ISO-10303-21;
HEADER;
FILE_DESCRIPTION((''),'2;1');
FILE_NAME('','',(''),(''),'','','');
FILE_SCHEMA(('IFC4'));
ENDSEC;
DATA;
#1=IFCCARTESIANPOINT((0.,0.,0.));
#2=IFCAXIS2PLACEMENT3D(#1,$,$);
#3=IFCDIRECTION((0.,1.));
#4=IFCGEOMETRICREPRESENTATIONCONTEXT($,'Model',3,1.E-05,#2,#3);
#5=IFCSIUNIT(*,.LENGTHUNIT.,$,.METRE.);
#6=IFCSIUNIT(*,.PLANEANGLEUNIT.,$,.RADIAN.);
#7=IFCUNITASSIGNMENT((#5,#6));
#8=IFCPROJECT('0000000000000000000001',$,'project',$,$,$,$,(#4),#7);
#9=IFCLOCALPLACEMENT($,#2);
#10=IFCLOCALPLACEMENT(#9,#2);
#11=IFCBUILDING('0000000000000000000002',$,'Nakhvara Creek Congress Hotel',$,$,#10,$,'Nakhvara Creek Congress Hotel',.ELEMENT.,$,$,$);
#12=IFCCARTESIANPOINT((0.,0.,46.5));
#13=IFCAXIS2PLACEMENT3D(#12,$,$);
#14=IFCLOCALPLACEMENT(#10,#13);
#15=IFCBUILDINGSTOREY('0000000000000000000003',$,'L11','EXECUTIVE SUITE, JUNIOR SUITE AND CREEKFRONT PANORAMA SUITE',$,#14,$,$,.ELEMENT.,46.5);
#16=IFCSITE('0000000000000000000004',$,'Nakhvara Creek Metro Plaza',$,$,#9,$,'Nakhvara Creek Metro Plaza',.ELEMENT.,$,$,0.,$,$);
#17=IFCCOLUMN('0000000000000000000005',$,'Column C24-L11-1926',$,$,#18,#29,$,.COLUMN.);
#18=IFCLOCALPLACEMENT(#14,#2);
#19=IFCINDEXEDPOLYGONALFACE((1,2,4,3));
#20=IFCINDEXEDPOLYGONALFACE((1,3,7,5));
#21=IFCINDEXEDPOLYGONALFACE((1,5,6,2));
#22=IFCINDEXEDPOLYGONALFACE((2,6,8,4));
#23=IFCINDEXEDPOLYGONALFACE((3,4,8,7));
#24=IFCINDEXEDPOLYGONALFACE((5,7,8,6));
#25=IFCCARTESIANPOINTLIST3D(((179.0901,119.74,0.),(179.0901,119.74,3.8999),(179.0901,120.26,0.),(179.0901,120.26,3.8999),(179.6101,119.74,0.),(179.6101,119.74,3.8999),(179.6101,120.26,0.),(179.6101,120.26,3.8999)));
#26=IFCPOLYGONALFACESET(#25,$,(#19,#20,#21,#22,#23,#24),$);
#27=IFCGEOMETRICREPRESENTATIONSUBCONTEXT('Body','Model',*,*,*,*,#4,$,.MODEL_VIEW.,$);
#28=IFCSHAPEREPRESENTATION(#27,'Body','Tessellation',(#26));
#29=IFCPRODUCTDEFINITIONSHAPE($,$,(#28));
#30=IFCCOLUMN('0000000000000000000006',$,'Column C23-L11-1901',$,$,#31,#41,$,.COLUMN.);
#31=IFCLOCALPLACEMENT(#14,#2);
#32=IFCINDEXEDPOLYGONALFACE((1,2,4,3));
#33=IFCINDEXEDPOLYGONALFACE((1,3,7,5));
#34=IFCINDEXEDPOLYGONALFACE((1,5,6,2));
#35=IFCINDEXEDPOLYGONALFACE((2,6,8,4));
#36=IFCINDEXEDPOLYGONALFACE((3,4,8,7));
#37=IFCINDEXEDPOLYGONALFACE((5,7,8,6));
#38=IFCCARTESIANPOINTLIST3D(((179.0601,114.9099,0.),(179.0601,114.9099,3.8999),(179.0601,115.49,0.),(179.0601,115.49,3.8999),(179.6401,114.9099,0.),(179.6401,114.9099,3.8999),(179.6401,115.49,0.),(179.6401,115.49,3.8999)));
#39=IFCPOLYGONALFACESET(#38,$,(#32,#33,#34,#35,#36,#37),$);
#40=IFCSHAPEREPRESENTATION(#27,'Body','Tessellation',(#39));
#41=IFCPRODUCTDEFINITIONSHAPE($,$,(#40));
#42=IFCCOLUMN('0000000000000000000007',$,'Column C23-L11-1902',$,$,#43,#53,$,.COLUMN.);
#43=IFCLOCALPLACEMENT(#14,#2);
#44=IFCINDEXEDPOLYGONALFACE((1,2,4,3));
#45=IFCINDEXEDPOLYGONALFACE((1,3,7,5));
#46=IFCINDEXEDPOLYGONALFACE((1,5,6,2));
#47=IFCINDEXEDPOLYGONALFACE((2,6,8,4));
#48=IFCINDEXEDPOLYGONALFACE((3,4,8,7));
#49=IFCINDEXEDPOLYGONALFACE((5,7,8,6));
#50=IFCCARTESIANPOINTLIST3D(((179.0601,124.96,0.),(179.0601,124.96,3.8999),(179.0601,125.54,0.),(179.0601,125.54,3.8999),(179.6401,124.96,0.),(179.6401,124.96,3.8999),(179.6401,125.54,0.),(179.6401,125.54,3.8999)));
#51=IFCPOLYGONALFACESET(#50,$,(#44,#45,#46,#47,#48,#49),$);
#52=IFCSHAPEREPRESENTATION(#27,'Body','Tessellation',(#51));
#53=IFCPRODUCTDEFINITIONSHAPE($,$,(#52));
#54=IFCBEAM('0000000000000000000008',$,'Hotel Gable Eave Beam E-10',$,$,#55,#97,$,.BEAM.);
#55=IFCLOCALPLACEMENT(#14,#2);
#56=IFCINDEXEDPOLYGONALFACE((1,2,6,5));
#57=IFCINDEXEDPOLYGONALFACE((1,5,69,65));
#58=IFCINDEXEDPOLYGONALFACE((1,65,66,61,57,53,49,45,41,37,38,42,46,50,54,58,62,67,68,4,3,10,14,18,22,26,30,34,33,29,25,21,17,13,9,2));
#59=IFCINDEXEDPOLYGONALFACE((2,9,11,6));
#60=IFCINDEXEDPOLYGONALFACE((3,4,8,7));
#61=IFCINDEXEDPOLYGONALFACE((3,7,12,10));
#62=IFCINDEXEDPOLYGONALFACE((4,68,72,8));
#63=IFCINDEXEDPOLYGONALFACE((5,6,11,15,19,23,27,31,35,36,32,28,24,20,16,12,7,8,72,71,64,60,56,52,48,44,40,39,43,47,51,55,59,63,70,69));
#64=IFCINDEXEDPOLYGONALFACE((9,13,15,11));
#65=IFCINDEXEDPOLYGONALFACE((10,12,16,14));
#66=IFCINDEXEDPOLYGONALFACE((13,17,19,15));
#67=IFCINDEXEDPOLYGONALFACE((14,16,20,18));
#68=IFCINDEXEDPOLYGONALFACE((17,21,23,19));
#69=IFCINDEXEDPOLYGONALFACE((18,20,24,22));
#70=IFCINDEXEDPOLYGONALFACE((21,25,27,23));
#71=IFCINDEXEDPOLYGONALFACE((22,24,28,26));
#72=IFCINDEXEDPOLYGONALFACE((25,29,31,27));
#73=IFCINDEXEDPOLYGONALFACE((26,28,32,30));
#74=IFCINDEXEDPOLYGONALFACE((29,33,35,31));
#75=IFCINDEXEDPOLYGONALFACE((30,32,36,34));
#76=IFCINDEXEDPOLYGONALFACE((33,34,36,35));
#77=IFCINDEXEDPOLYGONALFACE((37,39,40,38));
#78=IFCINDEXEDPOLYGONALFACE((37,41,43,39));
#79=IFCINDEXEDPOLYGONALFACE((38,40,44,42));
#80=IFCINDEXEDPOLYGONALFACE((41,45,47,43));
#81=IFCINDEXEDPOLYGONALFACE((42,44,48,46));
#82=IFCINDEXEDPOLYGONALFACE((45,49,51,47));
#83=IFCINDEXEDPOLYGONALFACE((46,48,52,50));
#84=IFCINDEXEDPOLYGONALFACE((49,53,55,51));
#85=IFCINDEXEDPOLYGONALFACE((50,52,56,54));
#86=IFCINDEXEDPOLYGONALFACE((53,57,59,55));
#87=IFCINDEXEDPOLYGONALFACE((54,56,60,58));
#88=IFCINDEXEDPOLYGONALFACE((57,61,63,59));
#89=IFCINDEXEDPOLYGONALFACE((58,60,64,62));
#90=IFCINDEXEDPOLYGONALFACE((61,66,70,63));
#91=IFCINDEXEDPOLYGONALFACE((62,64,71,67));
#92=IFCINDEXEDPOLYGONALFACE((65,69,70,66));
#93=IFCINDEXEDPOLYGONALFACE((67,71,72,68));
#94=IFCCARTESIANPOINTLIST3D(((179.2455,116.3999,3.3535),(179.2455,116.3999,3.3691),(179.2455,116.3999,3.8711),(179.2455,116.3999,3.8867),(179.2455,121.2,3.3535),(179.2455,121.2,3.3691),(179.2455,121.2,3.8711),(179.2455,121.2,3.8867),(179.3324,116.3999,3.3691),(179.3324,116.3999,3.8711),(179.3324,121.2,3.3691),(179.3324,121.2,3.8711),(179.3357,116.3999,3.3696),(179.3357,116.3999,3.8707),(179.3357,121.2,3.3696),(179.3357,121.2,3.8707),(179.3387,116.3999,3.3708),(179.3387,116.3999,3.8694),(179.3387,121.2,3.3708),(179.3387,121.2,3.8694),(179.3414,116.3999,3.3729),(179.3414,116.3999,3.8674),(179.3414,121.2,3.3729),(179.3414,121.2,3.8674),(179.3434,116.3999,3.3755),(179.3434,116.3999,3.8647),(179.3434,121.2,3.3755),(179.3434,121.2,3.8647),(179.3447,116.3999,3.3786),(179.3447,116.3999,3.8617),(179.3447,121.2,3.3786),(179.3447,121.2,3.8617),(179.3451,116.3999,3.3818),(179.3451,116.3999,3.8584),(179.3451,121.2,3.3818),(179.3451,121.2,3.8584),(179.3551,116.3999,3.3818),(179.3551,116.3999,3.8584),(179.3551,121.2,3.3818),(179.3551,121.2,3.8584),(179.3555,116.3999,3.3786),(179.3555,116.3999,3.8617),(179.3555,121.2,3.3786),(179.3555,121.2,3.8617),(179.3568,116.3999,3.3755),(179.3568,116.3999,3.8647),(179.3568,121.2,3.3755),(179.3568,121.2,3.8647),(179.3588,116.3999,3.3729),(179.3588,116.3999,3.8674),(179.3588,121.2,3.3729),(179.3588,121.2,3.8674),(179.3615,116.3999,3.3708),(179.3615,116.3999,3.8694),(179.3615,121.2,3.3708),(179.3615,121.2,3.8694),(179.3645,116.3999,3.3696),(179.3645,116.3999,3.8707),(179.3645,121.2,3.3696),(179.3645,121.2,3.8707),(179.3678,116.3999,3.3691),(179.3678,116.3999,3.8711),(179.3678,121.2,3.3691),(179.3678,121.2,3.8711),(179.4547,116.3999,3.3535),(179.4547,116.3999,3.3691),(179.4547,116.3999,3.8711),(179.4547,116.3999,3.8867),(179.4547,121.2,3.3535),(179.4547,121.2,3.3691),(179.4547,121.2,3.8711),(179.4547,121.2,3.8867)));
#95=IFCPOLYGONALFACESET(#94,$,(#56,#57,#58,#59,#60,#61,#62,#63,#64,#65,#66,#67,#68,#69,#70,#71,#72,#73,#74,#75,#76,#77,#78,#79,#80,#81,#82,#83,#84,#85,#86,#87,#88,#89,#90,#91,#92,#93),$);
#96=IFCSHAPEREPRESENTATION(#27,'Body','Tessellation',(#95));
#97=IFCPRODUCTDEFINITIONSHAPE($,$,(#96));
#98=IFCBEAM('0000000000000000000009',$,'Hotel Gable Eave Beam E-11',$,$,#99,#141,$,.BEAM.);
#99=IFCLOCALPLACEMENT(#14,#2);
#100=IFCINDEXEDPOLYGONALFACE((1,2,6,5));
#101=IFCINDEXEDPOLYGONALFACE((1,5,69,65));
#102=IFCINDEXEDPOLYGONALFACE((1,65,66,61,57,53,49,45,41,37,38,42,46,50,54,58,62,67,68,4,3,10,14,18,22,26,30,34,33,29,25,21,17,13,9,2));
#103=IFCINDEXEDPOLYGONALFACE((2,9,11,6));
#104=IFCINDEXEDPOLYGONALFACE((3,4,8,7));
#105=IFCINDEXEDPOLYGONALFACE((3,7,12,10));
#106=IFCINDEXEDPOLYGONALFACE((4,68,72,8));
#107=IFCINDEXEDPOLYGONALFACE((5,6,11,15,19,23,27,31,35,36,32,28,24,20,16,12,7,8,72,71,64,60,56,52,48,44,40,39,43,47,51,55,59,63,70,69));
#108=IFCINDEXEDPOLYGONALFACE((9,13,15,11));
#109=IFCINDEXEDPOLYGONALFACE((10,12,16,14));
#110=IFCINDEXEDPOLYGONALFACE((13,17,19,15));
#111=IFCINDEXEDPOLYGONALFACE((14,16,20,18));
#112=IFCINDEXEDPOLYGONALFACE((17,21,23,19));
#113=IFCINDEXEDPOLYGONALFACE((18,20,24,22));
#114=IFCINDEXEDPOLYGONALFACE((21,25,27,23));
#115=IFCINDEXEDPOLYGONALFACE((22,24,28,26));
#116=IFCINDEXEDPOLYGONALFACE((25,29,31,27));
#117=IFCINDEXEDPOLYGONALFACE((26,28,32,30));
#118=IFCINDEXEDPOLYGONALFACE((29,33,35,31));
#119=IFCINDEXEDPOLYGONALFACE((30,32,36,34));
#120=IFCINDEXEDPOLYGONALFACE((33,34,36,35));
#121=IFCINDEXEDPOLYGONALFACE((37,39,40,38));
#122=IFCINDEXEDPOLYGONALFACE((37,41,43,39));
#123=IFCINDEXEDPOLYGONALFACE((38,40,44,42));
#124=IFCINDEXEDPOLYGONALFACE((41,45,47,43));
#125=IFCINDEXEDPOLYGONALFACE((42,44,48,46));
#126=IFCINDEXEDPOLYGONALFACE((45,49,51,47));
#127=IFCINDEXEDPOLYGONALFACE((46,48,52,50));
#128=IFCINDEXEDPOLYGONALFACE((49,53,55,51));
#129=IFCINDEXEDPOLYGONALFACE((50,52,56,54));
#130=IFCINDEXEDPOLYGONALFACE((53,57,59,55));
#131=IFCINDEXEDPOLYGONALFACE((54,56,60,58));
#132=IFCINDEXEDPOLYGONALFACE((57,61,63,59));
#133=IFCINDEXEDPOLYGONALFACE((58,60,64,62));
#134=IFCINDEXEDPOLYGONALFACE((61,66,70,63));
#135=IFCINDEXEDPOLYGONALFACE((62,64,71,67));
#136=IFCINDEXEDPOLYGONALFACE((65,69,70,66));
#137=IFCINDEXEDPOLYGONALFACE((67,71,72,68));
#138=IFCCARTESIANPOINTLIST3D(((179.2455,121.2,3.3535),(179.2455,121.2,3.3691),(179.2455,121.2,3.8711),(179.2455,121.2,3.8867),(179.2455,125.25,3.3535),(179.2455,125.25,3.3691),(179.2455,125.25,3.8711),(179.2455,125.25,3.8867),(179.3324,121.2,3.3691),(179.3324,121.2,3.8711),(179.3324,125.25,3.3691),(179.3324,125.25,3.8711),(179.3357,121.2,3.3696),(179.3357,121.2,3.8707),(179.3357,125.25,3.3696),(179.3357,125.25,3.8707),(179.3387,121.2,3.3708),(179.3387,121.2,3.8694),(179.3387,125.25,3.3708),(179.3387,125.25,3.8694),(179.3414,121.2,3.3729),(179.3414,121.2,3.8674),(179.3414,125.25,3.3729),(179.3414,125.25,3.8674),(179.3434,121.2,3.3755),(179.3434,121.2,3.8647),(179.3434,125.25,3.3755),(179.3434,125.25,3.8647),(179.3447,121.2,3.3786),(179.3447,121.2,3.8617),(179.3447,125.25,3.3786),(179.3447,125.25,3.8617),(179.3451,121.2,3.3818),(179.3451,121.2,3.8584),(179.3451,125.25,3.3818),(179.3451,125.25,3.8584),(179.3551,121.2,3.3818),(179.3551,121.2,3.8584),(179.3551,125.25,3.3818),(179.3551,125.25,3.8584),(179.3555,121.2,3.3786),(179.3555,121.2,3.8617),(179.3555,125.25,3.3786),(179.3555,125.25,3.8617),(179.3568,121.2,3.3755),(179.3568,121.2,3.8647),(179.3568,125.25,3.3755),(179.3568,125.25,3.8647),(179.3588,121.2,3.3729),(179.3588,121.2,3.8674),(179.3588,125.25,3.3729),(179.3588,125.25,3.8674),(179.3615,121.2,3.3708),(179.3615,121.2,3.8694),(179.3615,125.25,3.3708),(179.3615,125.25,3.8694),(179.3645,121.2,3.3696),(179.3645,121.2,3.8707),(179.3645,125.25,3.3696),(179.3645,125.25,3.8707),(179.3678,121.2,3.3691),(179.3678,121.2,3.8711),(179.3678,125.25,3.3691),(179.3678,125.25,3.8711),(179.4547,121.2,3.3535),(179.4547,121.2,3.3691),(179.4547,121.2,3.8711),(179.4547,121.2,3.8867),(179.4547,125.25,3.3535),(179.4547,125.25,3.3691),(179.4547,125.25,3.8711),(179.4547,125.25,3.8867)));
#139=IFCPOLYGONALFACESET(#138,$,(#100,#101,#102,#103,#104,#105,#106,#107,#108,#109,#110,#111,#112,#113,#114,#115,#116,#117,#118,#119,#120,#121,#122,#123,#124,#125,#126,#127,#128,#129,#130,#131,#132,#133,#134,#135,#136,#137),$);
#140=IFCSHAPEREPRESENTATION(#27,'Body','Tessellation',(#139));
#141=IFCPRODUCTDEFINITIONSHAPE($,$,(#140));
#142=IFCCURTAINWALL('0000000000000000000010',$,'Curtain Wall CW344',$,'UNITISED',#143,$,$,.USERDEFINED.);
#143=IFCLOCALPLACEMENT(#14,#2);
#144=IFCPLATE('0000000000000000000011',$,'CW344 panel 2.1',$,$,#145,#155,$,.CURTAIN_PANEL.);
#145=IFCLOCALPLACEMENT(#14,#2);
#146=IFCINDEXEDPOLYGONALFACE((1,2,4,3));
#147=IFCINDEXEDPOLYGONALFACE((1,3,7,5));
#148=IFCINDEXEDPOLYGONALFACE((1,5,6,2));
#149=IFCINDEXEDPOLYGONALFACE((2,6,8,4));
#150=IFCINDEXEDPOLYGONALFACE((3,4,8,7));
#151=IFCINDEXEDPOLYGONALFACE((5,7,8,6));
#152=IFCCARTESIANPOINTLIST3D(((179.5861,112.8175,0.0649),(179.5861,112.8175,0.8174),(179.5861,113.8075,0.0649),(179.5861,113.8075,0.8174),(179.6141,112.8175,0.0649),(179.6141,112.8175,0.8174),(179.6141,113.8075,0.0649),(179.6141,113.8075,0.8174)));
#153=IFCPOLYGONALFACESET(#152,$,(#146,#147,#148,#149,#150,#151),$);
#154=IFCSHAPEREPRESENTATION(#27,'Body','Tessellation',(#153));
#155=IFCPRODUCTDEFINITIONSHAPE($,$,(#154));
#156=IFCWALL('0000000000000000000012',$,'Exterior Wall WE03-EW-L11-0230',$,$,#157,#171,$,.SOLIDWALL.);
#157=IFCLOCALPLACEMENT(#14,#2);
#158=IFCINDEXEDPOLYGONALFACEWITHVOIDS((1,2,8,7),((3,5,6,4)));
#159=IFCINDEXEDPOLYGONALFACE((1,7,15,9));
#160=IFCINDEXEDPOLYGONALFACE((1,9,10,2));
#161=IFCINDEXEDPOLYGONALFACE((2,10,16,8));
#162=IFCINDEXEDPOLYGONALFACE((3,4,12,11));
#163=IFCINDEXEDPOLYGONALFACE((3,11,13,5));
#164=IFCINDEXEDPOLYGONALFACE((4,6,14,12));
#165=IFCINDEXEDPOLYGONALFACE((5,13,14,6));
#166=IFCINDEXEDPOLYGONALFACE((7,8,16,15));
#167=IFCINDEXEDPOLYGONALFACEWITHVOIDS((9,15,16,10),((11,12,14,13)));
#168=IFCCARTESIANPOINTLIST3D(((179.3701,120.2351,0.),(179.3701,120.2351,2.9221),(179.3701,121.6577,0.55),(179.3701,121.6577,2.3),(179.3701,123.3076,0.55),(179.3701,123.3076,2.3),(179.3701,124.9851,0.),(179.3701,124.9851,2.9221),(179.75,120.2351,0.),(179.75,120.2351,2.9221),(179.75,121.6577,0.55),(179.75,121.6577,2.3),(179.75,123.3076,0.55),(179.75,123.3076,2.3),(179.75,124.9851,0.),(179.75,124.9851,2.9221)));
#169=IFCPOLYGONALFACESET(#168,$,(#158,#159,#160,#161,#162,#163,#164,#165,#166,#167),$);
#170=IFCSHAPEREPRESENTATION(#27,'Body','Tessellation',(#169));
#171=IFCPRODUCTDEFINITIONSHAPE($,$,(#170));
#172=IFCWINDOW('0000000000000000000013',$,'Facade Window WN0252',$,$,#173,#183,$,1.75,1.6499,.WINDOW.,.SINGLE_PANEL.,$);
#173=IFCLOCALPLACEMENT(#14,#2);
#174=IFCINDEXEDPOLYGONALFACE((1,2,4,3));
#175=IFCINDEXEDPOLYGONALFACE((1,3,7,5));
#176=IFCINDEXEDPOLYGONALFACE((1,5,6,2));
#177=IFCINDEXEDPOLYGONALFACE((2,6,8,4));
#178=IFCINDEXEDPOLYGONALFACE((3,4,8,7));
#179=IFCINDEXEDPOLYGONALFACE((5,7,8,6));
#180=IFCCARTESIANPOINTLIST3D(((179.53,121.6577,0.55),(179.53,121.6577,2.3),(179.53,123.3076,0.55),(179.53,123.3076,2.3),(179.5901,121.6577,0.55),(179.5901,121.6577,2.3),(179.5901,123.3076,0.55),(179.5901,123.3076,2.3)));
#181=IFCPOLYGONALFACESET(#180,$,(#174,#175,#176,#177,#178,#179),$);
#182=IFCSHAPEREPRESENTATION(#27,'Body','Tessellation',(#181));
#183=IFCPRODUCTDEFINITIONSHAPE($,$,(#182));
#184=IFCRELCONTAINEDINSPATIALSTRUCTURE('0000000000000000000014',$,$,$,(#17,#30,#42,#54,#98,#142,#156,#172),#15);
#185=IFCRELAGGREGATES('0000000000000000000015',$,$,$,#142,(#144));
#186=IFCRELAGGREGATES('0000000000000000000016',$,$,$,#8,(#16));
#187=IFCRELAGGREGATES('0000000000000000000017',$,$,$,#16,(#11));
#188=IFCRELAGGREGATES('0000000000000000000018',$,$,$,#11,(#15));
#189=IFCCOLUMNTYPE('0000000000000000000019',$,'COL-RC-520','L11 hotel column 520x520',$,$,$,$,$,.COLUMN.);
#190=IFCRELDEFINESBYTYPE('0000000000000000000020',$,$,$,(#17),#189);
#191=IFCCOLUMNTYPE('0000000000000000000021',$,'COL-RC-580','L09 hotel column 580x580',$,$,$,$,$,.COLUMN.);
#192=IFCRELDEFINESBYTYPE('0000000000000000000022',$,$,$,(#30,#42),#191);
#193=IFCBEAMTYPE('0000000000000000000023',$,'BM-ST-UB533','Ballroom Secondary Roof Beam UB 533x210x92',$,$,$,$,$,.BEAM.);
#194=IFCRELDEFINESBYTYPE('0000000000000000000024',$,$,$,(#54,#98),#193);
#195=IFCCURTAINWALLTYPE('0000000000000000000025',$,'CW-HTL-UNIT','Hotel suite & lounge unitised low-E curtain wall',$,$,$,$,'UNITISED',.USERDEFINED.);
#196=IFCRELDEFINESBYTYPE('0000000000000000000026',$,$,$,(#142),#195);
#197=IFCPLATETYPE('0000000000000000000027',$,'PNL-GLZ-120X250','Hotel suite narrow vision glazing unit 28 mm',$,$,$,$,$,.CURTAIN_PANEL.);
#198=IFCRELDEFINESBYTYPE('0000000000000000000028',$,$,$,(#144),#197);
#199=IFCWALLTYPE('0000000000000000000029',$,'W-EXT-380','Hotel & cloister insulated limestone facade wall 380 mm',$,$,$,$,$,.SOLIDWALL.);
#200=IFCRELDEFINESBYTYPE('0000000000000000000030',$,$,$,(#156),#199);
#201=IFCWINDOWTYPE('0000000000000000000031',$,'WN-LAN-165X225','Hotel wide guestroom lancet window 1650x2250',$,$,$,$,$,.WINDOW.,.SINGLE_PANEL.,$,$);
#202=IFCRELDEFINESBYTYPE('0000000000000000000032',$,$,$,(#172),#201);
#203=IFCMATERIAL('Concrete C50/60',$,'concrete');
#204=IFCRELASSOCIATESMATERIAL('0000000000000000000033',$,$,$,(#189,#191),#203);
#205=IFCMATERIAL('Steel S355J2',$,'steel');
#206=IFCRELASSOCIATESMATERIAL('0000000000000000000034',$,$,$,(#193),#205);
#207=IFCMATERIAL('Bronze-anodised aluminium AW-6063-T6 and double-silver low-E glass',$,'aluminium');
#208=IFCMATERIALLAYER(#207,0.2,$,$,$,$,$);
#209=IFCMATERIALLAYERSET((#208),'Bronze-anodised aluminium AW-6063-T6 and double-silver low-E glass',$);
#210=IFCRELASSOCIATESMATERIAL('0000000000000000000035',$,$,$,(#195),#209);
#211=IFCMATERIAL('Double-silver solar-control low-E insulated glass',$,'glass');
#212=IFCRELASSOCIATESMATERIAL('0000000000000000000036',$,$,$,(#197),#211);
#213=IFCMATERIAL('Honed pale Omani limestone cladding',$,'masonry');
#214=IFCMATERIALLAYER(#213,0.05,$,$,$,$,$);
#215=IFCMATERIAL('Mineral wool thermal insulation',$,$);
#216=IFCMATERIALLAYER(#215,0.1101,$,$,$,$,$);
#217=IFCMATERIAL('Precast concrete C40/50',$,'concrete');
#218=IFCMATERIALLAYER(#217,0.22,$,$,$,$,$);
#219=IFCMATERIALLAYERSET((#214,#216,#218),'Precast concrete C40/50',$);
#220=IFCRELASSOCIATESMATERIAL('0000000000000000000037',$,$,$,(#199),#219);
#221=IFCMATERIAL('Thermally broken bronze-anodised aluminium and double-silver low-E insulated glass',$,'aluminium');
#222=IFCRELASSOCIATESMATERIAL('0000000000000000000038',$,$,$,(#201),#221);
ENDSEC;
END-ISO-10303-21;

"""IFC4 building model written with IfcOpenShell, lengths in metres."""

from ifc_helpers import new_model, si_unit, direction, frame, frame_2d, origin, origin_2d, place, context, subcontext, project, spatial, rectangle, i_section, extrude, material, layer, layer_set, material_profile, profile_set, type_object, element, fill, aggregate, save


model = new_model("IFC4")

# Units and contexts
model_context = context("Model", 3, precision=1e-05, world=origin(), true_north=direction((0.0, 1.0)))
body_context = subcontext(model_context, "Body", "Model", "MODEL_VIEW")
ifc_project = project(units=[si_unit("LENGTHUNIT", "METRE"), si_unit("PLANEANGLEUNIT", "RADIAN")], contexts=[model_context])

# Site, building, storey
site_placement = place(None, origin())
site = spatial("IfcSite", under=ifc_project, at=site_placement, Name="Nakhvara Creek Metro Plaza", LongName="Nakhvara Creek Metro Plaza", CompositionType="ELEMENT", RefElevation=0.0)
building_placement = place(site_placement, origin())
building = spatial("IfcBuilding", under=site, at=building_placement, Name="Nakhvara Creek Congress Hotel", LongName="Nakhvara Creek Congress Hotel", CompositionType="ELEMENT")
storey_placement = place(building_placement, frame((0.0, 0.0, 46.5)))
storey = spatial("IfcBuildingStorey", under=building, at=storey_placement, Name="L11", Description="EXECUTIVE SUITE, JUNIOR SUITE AND CREEKFRONT PANORAMA SUITE", CompositionType="ELEMENT", Elevation=46.5)

# Columns
ifc_material_1 = material(Name="Concrete C50/60", Category="concrete")
ifc_material_profile_1 = material_profile(ifc_material_1, rectangle(XDim=0.52, YDim=0.52, at=origin_2d()), Name="RC-COL 520x520", Category="LoadBearing")
ifc_profile_set_1 = profile_set([ifc_material_profile_1], Name="Concrete C50/60")
column_type_1 = type_object("IfcColumnType", Name="COL-RC-520", Description="L11 hotel column 520x520", PredefinedType="COLUMN", material=ifc_profile_set_1)
column_placement = place(storey_placement, frame((179.3501, 120.0, 0.0), z_axis=(0.0, 0.0, 1.0), x_axis=(1.0, 0.0, 0.0)))
element("IfcColumn", 1, at=column_placement, inside=storey, type_object=column_type_1, Name="Column C24-L11-1926", PredefinedType="COLUMN", context=body_context, shape_type="SweptSolid", body=[
    extrude(rectangle(XDim=0.52, YDim=0.52, at=origin_2d()), origin(), (0.0, 0.0, 1.0), 3.8999),
])
ifc_material_profile_2 = material_profile(ifc_material_1, rectangle(XDim=0.5801, YDim=0.5801, at=origin_2d()), Name="RC-COL 580x580", Category="LoadBearing")
ifc_profile_set_2 = profile_set([ifc_material_profile_2], Name="Concrete C50/60")
column_type_2 = type_object("IfcColumnType", Name="COL-RC-580", Description="L09 hotel column 580x580", PredefinedType="COLUMN", material=ifc_profile_set_2)
for number, where, z_axis, x_axis, name in (
    (2, (179.3501, 115.2, 0.0), (0.0, 0.0, 1.0), (1.0, 0.0, 0.0), "Column C23-L11-1901"),
    (3, (179.3501, 125.25, 0.0), (0.0, 0.0, 1.0), (1.0, 0.0, 0.0), "Column C23-L11-1902"),
):
    element("IfcColumn", number, at=place(storey_placement, frame(where, z_axis=z_axis, x_axis=x_axis)), inside=storey, type_object=column_type_2, Name=name, PredefinedType="COLUMN", context=body_context, shape_type="SweptSolid", body=[
        extrude(rectangle(XDim=0.5801, YDim=0.5801, at=origin_2d()), origin(), (0.0, 0.0, 1.0), 3.8999),
    ])

# Beams
ifc_material_2 = material(Name="Steel S355J2", Category="steel")
ifc_material_profile_3 = material_profile(ifc_material_2, i_section(OverallWidth=0.2092, OverallDepth=0.5332, WebThickness=0.01, FlangeThickness=0.0156, FilletRadius=0.0127, at=origin_2d()), Name="UB 533x210x92", Category="LoadBearing")
ifc_profile_set_3 = profile_set([ifc_material_profile_3], Name="Steel S355J2")
beam_type = type_object("IfcBeamType", Name="BM-ST-UB533", Description="Ballroom Secondary Roof Beam UB 533x210x92", PredefinedType="BEAM", material=ifc_profile_set_3)
beam_1_placement = place(storey_placement, frame((179.3501, 116.3999, 3.6201), z_axis=(0.0, 1.0, 0.0), x_axis=(-1.0, 0.0, 0.0)))
element("IfcBeam", 4, at=beam_1_placement, inside=storey, type_object=beam_type, Name="Hotel Gable Eave Beam E-10", PredefinedType="BEAM", context=body_context, shape_type="SweptSolid", body=[
    extrude(i_section(OverallWidth=0.2092, OverallDepth=0.5332, WebThickness=0.01, FlangeThickness=0.0156, FilletRadius=0.0127, at=origin_2d()), origin(), (0.0, 0.0, 1.0), 4.8),
])
beam_2_placement = place(storey_placement, frame((179.3501, 121.2, 3.6201), z_axis=(0.0, 1.0, 0.0), x_axis=(-1.0, 0.0, 0.0)))
element("IfcBeam", 5, at=beam_2_placement, inside=storey, type_object=beam_type, Name="Hotel Gable Eave Beam E-11", PredefinedType="BEAM", context=body_context, shape_type="SweptSolid", body=[
    extrude(i_section(OverallWidth=0.2092, OverallDepth=0.5332, WebThickness=0.01, FlangeThickness=0.0156, FilletRadius=0.0127, at=origin_2d()), origin(), (0.0, 0.0, 1.0), 4.05),
])

# Curtain wall, plate
ifc_material_3 = material(Name="Bronze-anodised aluminium AW-6063-T6 and double-silver low-E glass", Category="aluminium")
ifc_layer_1 = layer(ifc_material_3, 0.2)
ifc_layer_set_1 = layer_set([ifc_layer_1], Name="Bronze-anodised aluminium AW-6063-T6 and double-silver low-E glass")
curtain_wall_type = type_object("IfcCurtainWallType", Name="CW-HTL-UNIT", Description="Hotel suite & lounge unitised low-E curtain wall", ElementType="UNITISED", PredefinedType="USERDEFINED", material=ifc_layer_set_1)
curtain_wall_placement = place(storey_placement, origin())
curtain_wall = element("IfcCurtainWall", 6, at=curtain_wall_placement, inside=storey, type_object=curtain_wall_type, Name="Curtain Wall CW344", ObjectType="UNITISED", PredefinedType="USERDEFINED")
ifc_material_4 = material(Name="Double-silver solar-control low-E insulated glass", Category="glass")
plate_type = type_object("IfcPlateType", Name="PNL-GLZ-120X250", Description="Hotel suite narrow vision glazing unit 28 mm", PredefinedType="CURTAIN_PANEL", material=ifc_material_4)
plate_placement = place(storey_placement, frame((179.6001, 113.3125, 0.0649), z_axis=(0.0, 0.0, 1.0), x_axis=(0.0, -1.0, 0.0)))
plate = element("IfcPlate", 7, at=plate_placement, type_object=plate_type, Name="CW344 panel 2.1", PredefinedType="CURTAIN_PANEL", context=body_context, shape_type="SweptSolid", body=[
    extrude(rectangle(XDim=0.99, YDim=0.0281, at=origin_2d()), origin(), (0.0, 0.0, 1.0), 0.7524),
])
aggregate(curtain_wall, [plate])

# Wall, opening, window
ifc_material_5 = material(Name="Honed pale Omani limestone cladding", Category="masonry")
ifc_layer_2 = layer(ifc_material_5, 0.05)
ifc_material_6 = material(Name="Mineral wool thermal insulation")
ifc_layer_3 = layer(ifc_material_6, 0.1101)
ifc_material_7 = material(Name="Precast concrete C40/50", Category="concrete")
ifc_layer_4 = layer(ifc_material_7, 0.22)
ifc_layer_set_2 = layer_set([ifc_layer_2, ifc_layer_3, ifc_layer_4], Name="Precast concrete C40/50")
wall_type_1 = type_object("IfcWallType", Name="W-EXT-380", Description="Hotel & cloister insulated limestone facade wall 380 mm", PredefinedType="SOLIDWALL", material=ifc_layer_set_2)
wall_1_placement = place(storey_placement, frame((179.5601, 124.9851, 0.0), z_axis=(0.0, 0.0, 1.0), x_axis=(0.0, -1.0, 0.0)))
wall_1 = element("IfcWall", 8, at=wall_1_placement, inside=storey, type_object=wall_type_1, Name="Exterior Wall WE03-EW-L11-0230", PredefinedType="SOLIDWALL", context=body_context, shape_type="SweptSolid", body=[
    extrude(rectangle(XDim=4.75, YDim=0.3799, at=frame_2d((2.375, 0.0))), origin(), (0.0, 0.0, 1.0), 2.9221),
])
opening_1_placement = place(wall_1_placement, frame((1.6775, 0.0, 0.55)))
opening_1 = element("IfcOpeningElement", 9, at=opening_1_placement, cuts=wall_1, PredefinedType="OPENING", context=body_context, shape_type="SweptSolid", body=[
    extrude(rectangle(XDim=1.6499, YDim=1.75, at=frame_2d((0.825, 0.875))), frame((0.0, 0.2019, 0.0), z_axis=(0.0, -1.0, 0.0), x_axis=(1.0, 0.0, 0.0)), (0.0, 0.0, 1.0), 0.4038),
])
ifc_material_8 = material(Name="Thermally broken bronze-anodised aluminium and double-silver low-E insulated glass", Category="aluminium")
window_type = type_object("IfcWindowType", Name="WN-LAN-165X225", Description="Hotel wide guestroom lancet window 1650x2250", PartitioningType="SINGLE_PANEL", PredefinedType="WINDOW", material=ifc_material_8)
window_placement = place(opening_1_placement, origin())
window = element("IfcWindow", 10, at=window_placement, inside=storey, type_object=window_type, Name="Facade Window WN0252", OverallHeight=1.75, OverallWidth=1.6499, PartitioningType="SINGLE_PANEL", PredefinedType="WINDOW", context=body_context, shape_type="SweptSolid", body=[
    extrude(rectangle(XDim=1.6499, YDim=1.75, at=frame_2d((0.825, 0.875))), frame((0.0, 0.03, 0.0), z_axis=(0.0, -1.0, 0.0), x_axis=(1.0, 0.0, 0.0)), (0.0, 0.0, 1.0), 0.0601),
])
fill(opening_1, window)

save(model, "model.ifc")
